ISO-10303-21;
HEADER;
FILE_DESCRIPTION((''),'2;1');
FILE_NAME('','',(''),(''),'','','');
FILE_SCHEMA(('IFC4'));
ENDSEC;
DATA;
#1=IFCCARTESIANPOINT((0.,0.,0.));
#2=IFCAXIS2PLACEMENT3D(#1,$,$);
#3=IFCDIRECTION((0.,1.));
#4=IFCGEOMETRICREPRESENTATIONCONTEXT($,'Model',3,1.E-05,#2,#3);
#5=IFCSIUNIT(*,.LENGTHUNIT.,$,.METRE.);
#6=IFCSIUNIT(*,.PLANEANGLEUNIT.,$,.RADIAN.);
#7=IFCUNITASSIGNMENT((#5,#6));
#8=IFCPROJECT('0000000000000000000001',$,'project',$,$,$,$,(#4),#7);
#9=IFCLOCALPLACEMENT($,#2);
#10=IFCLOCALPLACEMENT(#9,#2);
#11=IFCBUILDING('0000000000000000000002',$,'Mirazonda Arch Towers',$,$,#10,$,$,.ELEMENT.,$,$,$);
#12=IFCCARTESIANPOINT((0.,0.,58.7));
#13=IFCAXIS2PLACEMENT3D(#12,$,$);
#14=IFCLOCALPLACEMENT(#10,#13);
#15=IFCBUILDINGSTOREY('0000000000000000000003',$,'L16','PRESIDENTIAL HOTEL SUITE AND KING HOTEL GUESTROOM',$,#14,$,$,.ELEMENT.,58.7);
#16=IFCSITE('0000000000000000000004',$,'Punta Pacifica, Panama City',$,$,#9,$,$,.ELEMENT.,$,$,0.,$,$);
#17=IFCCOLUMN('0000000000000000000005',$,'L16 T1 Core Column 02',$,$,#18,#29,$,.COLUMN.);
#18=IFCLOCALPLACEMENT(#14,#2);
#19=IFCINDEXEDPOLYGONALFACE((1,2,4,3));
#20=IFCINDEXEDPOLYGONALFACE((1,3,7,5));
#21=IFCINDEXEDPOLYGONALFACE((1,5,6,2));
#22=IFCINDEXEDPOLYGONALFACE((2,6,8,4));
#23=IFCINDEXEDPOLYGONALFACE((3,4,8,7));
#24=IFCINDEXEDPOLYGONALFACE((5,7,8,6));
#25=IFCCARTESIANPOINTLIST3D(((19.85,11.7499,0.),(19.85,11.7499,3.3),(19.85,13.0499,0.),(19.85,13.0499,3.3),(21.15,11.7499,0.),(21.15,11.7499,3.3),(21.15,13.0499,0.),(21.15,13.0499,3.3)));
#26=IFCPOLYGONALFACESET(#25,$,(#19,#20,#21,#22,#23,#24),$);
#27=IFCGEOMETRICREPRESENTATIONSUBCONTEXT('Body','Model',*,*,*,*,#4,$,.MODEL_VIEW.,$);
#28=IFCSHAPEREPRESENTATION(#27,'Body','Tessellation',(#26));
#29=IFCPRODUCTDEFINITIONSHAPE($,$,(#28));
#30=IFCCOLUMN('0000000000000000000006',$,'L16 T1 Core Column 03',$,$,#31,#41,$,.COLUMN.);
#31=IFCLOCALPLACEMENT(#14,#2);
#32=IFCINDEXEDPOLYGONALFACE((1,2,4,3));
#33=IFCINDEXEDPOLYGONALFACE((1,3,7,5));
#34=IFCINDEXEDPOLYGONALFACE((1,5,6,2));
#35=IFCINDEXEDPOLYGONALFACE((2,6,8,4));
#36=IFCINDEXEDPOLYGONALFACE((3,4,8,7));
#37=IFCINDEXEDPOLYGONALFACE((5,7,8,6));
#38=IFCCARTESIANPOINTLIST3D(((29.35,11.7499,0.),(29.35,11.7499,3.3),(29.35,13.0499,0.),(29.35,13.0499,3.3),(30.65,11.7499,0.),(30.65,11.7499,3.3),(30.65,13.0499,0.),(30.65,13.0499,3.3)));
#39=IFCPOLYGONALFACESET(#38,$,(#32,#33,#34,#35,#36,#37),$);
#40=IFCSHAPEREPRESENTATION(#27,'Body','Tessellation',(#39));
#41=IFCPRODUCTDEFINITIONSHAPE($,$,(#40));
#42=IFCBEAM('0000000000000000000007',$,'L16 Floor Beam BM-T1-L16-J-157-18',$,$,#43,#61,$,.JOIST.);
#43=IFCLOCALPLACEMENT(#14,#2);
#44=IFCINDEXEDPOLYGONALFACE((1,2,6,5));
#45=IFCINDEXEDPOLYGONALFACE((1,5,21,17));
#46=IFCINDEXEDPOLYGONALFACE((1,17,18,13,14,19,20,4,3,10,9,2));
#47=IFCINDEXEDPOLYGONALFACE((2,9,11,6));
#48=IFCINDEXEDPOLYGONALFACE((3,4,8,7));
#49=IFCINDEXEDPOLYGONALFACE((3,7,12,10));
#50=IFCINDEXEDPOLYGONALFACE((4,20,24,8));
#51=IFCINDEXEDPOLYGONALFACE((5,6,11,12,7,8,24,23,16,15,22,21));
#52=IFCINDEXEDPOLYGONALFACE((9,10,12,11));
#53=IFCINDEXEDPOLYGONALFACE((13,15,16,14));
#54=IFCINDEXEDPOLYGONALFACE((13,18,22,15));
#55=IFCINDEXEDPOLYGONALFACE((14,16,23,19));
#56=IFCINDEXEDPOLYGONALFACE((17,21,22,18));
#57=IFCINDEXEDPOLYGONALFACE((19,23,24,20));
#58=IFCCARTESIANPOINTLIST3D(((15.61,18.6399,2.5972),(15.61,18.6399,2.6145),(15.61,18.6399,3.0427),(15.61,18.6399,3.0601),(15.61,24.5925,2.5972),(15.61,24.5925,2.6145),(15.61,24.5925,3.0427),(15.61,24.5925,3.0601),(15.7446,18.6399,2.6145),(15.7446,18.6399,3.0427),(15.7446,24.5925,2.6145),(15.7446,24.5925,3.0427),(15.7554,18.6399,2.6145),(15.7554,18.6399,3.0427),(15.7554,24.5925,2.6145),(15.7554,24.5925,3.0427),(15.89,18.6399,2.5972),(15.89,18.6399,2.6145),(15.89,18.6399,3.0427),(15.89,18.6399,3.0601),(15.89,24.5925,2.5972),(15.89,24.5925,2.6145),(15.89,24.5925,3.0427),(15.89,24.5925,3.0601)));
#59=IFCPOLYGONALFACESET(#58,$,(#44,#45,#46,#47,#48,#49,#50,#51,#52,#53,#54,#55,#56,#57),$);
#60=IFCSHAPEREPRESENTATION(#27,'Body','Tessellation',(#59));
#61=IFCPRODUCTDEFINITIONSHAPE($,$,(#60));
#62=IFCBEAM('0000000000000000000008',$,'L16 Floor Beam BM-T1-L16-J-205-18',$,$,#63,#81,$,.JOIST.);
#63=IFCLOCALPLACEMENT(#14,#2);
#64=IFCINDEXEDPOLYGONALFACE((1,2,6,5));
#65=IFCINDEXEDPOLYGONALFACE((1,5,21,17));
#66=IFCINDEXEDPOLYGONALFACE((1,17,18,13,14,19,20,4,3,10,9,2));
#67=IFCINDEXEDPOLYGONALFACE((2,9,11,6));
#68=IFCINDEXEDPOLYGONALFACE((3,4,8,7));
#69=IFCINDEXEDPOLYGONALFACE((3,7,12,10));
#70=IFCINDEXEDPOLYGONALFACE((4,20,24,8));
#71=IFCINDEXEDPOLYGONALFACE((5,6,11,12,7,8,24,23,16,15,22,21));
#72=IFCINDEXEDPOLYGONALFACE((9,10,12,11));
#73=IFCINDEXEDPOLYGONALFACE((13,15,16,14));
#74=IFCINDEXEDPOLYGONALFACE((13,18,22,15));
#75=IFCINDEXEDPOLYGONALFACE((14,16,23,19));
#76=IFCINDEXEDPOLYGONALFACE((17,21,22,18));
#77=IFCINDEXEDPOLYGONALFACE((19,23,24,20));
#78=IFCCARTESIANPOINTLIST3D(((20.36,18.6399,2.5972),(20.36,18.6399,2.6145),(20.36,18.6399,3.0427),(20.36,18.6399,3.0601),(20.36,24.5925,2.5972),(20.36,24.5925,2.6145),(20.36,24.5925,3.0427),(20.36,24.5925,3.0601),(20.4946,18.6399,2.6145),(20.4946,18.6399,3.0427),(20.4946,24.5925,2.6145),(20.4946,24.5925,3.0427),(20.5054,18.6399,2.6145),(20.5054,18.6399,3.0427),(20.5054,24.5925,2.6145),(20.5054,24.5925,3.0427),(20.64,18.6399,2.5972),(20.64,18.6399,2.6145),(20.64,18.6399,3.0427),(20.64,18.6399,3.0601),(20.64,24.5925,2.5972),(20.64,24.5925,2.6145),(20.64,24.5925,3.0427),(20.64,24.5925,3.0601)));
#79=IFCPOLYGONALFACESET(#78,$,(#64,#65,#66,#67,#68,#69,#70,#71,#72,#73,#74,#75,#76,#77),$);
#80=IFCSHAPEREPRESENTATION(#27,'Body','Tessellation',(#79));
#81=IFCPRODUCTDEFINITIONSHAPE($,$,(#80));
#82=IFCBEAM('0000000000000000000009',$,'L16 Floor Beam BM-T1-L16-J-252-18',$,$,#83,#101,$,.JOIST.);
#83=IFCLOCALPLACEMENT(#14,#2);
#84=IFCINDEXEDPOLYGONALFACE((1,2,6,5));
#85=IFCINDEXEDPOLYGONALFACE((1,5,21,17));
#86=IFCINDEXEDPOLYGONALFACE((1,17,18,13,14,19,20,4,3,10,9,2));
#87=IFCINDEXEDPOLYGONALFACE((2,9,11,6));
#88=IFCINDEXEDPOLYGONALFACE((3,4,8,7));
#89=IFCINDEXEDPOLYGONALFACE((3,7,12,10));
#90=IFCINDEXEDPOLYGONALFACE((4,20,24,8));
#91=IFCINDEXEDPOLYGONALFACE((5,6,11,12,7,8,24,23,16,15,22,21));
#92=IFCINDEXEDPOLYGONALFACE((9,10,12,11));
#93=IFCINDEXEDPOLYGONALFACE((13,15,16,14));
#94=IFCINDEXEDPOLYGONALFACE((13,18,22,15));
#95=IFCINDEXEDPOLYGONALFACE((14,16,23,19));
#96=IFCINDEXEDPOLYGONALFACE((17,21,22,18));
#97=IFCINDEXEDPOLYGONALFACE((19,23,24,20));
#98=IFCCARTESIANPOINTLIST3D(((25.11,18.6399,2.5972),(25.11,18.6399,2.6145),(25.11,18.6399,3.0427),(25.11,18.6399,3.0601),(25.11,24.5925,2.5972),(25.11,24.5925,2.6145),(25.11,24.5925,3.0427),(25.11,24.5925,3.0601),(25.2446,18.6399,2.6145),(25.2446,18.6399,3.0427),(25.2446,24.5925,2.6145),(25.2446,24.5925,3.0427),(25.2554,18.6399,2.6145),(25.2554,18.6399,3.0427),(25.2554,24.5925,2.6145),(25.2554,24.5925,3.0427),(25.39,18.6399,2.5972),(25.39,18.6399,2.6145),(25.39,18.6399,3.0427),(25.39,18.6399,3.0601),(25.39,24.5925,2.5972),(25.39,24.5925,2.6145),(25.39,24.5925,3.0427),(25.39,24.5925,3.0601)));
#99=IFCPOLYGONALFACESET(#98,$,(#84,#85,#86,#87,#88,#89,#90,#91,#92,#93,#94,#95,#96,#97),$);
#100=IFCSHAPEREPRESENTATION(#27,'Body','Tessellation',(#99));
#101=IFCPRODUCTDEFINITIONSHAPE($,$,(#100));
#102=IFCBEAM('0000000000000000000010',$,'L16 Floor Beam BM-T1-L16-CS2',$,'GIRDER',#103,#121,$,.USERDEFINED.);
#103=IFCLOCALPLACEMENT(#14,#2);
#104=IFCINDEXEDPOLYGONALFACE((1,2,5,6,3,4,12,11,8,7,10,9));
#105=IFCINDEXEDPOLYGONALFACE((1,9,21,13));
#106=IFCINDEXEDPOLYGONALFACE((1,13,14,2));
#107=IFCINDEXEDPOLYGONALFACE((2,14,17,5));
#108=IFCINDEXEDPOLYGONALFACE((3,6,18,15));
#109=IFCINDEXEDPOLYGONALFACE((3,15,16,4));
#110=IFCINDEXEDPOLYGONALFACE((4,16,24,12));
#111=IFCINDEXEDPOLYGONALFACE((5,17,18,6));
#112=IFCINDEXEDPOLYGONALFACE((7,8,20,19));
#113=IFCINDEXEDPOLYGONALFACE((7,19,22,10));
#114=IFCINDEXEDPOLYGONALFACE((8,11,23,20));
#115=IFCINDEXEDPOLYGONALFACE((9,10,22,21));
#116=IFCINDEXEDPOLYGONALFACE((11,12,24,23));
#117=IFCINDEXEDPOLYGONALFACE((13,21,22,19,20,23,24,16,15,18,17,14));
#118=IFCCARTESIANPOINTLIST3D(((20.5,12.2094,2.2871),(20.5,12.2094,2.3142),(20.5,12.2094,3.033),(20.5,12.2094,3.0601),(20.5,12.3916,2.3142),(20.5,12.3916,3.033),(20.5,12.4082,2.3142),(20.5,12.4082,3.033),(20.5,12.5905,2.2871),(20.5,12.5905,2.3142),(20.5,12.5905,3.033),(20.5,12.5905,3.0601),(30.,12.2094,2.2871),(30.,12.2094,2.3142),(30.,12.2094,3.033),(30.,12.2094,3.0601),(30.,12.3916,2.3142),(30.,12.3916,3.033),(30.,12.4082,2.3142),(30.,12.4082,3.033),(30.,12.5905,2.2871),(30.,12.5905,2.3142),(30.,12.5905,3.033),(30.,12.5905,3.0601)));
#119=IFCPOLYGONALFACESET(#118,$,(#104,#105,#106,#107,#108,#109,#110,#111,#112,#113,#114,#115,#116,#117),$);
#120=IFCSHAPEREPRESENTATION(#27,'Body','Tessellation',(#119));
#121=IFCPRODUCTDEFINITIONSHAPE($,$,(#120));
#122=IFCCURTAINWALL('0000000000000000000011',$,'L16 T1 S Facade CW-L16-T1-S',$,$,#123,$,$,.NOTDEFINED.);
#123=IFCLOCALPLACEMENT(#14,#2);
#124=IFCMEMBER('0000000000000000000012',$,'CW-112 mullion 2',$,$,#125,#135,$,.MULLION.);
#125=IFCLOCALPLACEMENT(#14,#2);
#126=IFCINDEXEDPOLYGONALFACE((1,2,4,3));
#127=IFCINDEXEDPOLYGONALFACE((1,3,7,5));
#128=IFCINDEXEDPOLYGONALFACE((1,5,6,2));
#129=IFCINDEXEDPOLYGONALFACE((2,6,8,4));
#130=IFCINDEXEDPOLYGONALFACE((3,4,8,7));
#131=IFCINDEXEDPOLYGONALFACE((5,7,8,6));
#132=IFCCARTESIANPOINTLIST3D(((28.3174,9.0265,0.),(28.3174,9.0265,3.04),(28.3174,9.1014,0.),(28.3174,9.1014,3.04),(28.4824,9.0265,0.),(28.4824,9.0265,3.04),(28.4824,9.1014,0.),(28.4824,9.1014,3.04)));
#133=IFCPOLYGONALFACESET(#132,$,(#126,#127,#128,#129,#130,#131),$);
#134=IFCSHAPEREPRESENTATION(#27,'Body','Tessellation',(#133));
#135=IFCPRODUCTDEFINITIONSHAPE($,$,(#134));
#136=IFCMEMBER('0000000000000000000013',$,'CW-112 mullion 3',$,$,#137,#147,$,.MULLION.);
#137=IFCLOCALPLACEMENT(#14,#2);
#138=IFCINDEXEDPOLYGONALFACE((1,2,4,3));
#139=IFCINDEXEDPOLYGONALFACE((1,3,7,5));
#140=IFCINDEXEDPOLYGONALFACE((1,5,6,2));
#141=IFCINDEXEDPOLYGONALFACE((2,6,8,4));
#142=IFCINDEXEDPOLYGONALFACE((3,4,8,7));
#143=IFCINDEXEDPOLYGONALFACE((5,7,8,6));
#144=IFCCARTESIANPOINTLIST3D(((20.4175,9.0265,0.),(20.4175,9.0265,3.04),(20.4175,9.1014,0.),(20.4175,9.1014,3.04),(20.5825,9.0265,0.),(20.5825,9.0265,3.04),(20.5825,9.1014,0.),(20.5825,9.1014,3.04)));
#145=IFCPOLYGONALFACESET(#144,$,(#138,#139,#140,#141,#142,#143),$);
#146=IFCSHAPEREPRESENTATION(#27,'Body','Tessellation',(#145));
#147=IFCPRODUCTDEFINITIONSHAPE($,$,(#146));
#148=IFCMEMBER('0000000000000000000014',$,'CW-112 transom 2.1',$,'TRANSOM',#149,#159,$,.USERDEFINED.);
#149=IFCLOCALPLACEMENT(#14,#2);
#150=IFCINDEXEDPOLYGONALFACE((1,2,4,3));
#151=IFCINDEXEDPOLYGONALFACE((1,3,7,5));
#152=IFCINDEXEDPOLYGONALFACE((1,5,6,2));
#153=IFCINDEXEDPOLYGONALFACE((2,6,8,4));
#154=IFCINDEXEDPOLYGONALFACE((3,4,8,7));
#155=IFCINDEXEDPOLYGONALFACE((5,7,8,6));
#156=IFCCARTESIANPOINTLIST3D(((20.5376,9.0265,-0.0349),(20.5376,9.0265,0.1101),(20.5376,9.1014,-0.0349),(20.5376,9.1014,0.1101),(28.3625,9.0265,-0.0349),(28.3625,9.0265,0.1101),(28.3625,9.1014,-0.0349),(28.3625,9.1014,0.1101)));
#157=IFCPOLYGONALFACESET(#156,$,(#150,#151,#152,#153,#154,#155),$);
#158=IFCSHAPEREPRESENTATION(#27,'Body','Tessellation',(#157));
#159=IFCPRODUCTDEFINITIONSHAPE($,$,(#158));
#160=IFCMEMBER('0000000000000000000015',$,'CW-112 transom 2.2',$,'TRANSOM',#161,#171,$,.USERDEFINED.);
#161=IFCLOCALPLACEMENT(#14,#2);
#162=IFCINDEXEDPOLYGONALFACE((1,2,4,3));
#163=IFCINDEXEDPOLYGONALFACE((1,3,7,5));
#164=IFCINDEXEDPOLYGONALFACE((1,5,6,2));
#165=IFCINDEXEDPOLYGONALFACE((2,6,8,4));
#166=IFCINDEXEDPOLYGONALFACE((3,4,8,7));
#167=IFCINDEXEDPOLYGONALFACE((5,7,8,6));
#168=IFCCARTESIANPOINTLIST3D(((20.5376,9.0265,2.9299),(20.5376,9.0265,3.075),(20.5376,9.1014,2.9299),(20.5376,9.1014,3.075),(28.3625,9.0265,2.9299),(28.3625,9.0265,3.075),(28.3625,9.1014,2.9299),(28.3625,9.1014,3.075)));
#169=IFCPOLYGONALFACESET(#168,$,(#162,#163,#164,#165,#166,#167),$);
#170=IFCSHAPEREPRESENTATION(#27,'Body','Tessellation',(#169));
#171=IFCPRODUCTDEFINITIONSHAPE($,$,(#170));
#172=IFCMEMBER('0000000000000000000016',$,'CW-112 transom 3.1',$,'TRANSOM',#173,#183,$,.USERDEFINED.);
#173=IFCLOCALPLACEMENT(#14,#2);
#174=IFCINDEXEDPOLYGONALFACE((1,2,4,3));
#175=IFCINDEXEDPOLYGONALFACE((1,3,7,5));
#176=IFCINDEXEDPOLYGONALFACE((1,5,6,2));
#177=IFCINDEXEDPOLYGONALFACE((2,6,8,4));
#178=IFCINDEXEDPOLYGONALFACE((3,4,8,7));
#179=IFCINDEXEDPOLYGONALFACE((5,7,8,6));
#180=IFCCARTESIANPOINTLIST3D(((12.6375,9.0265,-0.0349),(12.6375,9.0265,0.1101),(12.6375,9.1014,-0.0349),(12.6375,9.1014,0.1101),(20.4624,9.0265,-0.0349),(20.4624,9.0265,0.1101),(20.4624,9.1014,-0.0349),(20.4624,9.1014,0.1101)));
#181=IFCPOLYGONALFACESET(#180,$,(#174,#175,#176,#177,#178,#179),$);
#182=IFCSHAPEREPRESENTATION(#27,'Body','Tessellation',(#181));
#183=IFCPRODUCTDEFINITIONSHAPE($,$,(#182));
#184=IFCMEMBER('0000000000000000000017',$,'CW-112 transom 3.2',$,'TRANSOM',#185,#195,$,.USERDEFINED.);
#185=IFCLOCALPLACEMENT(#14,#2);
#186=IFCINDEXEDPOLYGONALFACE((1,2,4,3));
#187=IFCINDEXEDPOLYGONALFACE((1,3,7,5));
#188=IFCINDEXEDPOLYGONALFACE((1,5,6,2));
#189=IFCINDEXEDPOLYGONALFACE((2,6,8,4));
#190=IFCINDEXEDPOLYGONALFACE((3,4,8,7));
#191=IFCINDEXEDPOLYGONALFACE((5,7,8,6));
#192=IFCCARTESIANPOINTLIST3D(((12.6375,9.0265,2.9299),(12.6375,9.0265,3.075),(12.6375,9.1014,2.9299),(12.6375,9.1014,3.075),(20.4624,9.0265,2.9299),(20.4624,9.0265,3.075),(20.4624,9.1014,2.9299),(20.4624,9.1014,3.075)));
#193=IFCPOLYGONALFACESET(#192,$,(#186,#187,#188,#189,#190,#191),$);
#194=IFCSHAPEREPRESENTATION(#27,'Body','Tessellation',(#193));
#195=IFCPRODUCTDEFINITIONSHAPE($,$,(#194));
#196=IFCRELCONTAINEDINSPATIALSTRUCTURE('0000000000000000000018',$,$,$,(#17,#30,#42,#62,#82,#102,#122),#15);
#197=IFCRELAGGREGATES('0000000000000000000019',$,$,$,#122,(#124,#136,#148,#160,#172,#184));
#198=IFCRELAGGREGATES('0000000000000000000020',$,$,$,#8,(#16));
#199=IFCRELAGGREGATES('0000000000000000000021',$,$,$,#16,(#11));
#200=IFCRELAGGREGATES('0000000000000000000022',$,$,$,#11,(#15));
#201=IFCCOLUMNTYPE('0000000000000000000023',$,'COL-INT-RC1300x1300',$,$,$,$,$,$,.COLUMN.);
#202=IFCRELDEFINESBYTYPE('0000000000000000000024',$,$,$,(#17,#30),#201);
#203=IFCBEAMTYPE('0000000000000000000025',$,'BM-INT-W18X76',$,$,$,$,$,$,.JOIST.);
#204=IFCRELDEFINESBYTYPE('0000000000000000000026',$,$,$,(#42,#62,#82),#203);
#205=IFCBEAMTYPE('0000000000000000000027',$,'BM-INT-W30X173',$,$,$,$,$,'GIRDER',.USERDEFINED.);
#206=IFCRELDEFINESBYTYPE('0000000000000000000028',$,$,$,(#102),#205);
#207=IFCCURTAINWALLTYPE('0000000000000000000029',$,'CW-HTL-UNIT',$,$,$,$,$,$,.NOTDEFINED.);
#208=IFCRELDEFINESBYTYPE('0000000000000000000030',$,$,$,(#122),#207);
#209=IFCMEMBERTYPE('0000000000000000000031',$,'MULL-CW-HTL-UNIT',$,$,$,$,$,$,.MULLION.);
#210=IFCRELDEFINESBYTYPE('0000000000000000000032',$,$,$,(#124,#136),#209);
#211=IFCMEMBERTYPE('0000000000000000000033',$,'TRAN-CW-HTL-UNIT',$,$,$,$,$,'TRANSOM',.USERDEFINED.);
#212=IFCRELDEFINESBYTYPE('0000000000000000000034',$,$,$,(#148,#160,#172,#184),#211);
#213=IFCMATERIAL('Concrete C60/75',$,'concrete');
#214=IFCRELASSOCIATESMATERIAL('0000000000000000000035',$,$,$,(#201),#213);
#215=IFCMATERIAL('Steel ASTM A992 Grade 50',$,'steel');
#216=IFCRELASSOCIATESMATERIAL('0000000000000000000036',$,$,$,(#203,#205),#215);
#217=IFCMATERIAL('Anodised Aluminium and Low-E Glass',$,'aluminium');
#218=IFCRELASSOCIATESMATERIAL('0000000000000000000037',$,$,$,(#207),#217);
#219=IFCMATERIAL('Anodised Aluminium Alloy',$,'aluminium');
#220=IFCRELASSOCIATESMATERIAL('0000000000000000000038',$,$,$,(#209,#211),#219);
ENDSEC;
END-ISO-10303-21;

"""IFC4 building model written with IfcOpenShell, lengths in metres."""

from ifc_helpers import new_model, si_unit, direction, frame, origin, origin_2d, place, context, subcontext, project, spatial, rectangle, i_section, extrude, material, material_profile, profile_set, type_object, element, aggregate, save


model = new_model("IFC4")

# Units and contexts
model_context = context("Model", 3, precision=1e-05, world=origin(), true_north=direction((0.0, 1.0)))
body_context = subcontext(model_context, "Body", "Model", "MODEL_VIEW")
ifc_project = project(units=[si_unit("LENGTHUNIT", "METRE"), si_unit("PLANEANGLEUNIT", "RADIAN")], contexts=[model_context])

# Site, building, storey
site_placement = place(None, origin())
site = spatial("IfcSite", under=ifc_project, at=site_placement, Name="Punta Pacifica, Panama City", CompositionType="ELEMENT", RefElevation=0.0)
building_placement = place(site_placement, origin())
building = spatial("IfcBuilding", under=site, at=building_placement, Name="Mirazonda Arch Towers", CompositionType="ELEMENT")
storey_placement = place(building_placement, frame((0.0, 0.0, 58.7)))
storey = spatial("IfcBuildingStorey", under=building, at=storey_placement, Name="L16", Description="PRESIDENTIAL HOTEL SUITE AND KING HOTEL GUESTROOM", CompositionType="ELEMENT", Elevation=58.7)

# Columns
ifc_material_1 = material(Name="Concrete C60/75", Category="concrete")
ifc_material_profile_1 = material_profile(ifc_material_1, rectangle(XDim=1.3, YDim=1.3, at=origin_2d()), Name="RC1300x1300")
ifc_profile_set_1 = profile_set([ifc_material_profile_1], Name="Concrete C60/75")
column_type = type_object("IfcColumnType", Name="COL-INT-RC1300x1300", PredefinedType="COLUMN", material=ifc_profile_set_1)
for number, where, z_axis, x_axis, name in (
    (1, (20.5, 12.3999, 0.0), (0.0, 0.0, 1.0), (1.0, 0.0, 0.0), "L16 T1 Core Column 02"),
    (2, (30.0, 12.3999, 0.0), (0.0, 0.0, 1.0), (1.0, 0.0, 0.0), "L16 T1 Core Column 03"),
):
    element("IfcColumn", number, at=place(storey_placement, frame(where, z_axis=z_axis, x_axis=x_axis)), inside=storey, type_object=column_type, Name=name, PredefinedType="COLUMN", context=body_context, shape_type="SweptSolid", body=[
        extrude(rectangle(XDim=1.3, YDim=1.3, at=origin_2d()), origin(), (0.0, 0.0, 1.0), 3.3),
    ])

# Beams
ifc_material_2 = material(Name="Steel ASTM A992 Grade 50", Category="steel")
ifc_material_profile_2 = material_profile(ifc_material_2, i_section(OverallWidth=0.28, OverallDepth=0.4629, WebThickness=0.0107, FlangeThickness=0.0173, at=origin_2d()), Name="W18X76")
ifc_profile_set_2 = profile_set([ifc_material_profile_2], Name="Steel ASTM A992 Grade 50")
beam_type_1 = type_object("IfcBeamType", Name="BM-INT-W18X76", PredefinedType="JOIST", material=ifc_profile_set_2)
for number, where, z_axis, x_axis, name in (
    (3, (15.75, 18.6399, 2.8286), (0.0, 1.0, 0.0), (-1.0, 0.0, 0.0), "L16 Floor Beam BM-T1-L16-J-157-18"),
    (4, (20.5, 18.6399, 2.8286), (0.0, 1.0, 0.0), (-1.0, 0.0, 0.0), "L16 Floor Beam BM-T1-L16-J-205-18"),
    (5, (25.25, 18.6399, 2.8286), (0.0, 1.0, 0.0), (-1.0, 0.0, 0.0), "L16 Floor Beam BM-T1-L16-J-252-18"),
):
    element("IfcBeam", number, at=place(storey_placement, frame(where, z_axis=z_axis, x_axis=x_axis)), inside=storey, type_object=beam_type_1, Name=name, PredefinedType="JOIST", context=body_context, shape_type="SweptSolid", body=[
        extrude(i_section(OverallWidth=0.28, OverallDepth=0.4629, WebThickness=0.0107, FlangeThickness=0.0173, at=origin_2d()), origin(), (0.0, 0.0, 1.0), 5.9526),
    ])
ifc_material_profile_3 = material_profile(ifc_material_2, i_section(OverallWidth=0.3811, OverallDepth=0.7729, WebThickness=0.0166, FlangeThickness=0.0271, at=origin_2d()), Name="W30X173")
ifc_profile_set_3 = profile_set([ifc_material_profile_3], Name="Steel ASTM A992 Grade 50")
beam_type_2 = type_object("IfcBeamType", Name="BM-INT-W30X173", ElementType="GIRDER", PredefinedType="USERDEFINED", material=ifc_profile_set_3)
beam_placement = place(storey_placement, frame((20.5, 12.3999, 2.6736), z_axis=(1.0, 0.0, 0.0), x_axis=(0.0, 1.0, 0.0)))
element("IfcBeam", 6, at=beam_placement, inside=storey, type_object=beam_type_2, Name="L16 Floor Beam BM-T1-L16-CS2", ObjectType="GIRDER", PredefinedType="USERDEFINED", context=body_context, shape_type="SweptSolid", body=[
    extrude(i_section(OverallWidth=0.3811, OverallDepth=0.7729, WebThickness=0.0166, FlangeThickness=0.0271, at=origin_2d()), origin(), (0.0, 0.0, 1.0), 9.5),
])

# Curtain wall, members
ifc_material_3 = material(Name="Anodised Aluminium and Low-E Glass", Category="aluminium")
curtain_wall_type = type_object("IfcCurtainWallType", Name="CW-HTL-UNIT", PredefinedType="NOTDEFINED", material=ifc_material_3)
curtain_wall_placement = place(storey_placement, origin())
curtain_wall = element("IfcCurtainWall", 7, at=curtain_wall_placement, inside=storey, type_object=curtain_wall_type, Name="L16 T1 S Facade CW-L16-T1-S", PredefinedType="NOTDEFINED")
ifc_material_4 = material(Name="Anodised Aluminium Alloy", Category="aluminium")
ifc_material_profile_4 = material_profile(ifc_material_4, rectangle(XDim=0.075, YDim=0.165, at=origin_2d()), Name="ALU-MULL-75x165")
ifc_profile_set_4 = profile_set([ifc_material_profile_4], Name="Anodised Aluminium Alloy")
member_type_1 = type_object("IfcMemberType", Name="MULL-CW-HTL-UNIT", PredefinedType="MULLION", material=ifc_profile_set_4)
member_1_placement = place(storey_placement, frame((28.3999, 9.064, 0.0), z_axis=(0.0, 0.0, 1.0), x_axis=(0.0, -1.0, 0.0)))
member_1 = element("IfcMember", 8, at=member_1_placement, type_object=member_type_1, Name="CW-112 mullion 2", PredefinedType="MULLION", context=body_context, shape_type="SweptSolid", body=[
    extrude(rectangle(XDim=0.075, YDim=0.165, at=origin_2d()), origin(), (0.0, 0.0, 1.0), 3.04),
])
member_2_placement = place(storey_placement, frame((20.5, 9.064, 0.0), z_axis=(0.0, 0.0, 1.0), x_axis=(0.0, -1.0, 0.0)))
member_2 = element("IfcMember", 9, at=member_2_placement, type_object=member_type_1, Name="CW-112 mullion 3", PredefinedType="MULLION", context=body_context, shape_type="SweptSolid", body=[
    extrude(rectangle(XDim=0.075, YDim=0.165, at=origin_2d()), origin(), (0.0, 0.0, 1.0), 3.04),
])
ifc_material_profile_5 = material_profile(ifc_material_4, rectangle(XDim=0.075, YDim=0.145, at=origin_2d()), Name="ALU-TRAN-75x145")
ifc_profile_set_5 = profile_set([ifc_material_profile_5], Name="Anodised Aluminium Alloy")
member_type_2 = type_object("IfcMemberType", Name="TRAN-CW-HTL-UNIT", ElementType="TRANSOM", PredefinedType="USERDEFINED", material=ifc_profile_set_5)
member_3_placement = place(storey_placement, frame((28.3625, 9.064, 0.0376), z_axis=(-1.0, 0.0, 0.0), x_axis=(0.0, -1.0, 0.0)))
member_3 = element("IfcMember", 10, at=member_3_placement, type_object=member_type_2, Name="CW-112 transom 2.1", ObjectType="TRANSOM", PredefinedType="USERDEFINED", context=body_context, shape_type="SweptSolid", body=[
    extrude(rectangle(XDim=0.075, YDim=0.145, at=origin_2d()), origin(), (0.0, 0.0, 1.0), 7.825),
])
member_4_placement = place(storey_placement, frame((28.3625, 9.064, 3.0024), z_axis=(-1.0, 0.0, 0.0), x_axis=(0.0, -1.0, 0.0)))
member_4 = element("IfcMember", 11, at=member_4_placement, type_object=member_type_2, Name="CW-112 transom 2.2", ObjectType="TRANSOM", PredefinedType="USERDEFINED", context=body_context, shape_type="SweptSolid", body=[
    extrude(rectangle(XDim=0.075, YDim=0.145, at=origin_2d()), origin(), (0.0, 0.0, 1.0), 7.825),
])
member_5_placement = place(storey_placement, frame((20.4624, 9.064, 0.0376), z_axis=(-1.0, 0.0, 0.0), x_axis=(0.0, -1.0, 0.0)))
member_5 = element("IfcMember", 12, at=member_5_placement, type_object=member_type_2, Name="CW-112 transom 3.1", ObjectType="TRANSOM", PredefinedType="USERDEFINED", context=body_context, shape_type="SweptSolid", body=[
    extrude(rectangle(XDim=0.075, YDim=0.145, at=origin_2d()), origin(), (0.0, 0.0, 1.0), 7.825),
])
member_6_placement = place(storey_placement, frame((20.4624, 9.064, 3.0024), z_axis=(-1.0, 0.0, 0.0), x_axis=(0.0, -1.0, 0.0)))
member_6 = element("IfcMember", 13, at=member_6_placement, type_object=member_type_2, Name="CW-112 transom 3.2", ObjectType="TRANSOM", PredefinedType="USERDEFINED", context=body_context, shape_type="SweptSolid", body=[
    extrude(rectangle(XDim=0.075, YDim=0.145, at=origin_2d()), origin(), (0.0, 0.0, 1.0), 7.825),
])
aggregate(curtain_wall, [member_1, member_2, member_3, member_4, member_5, member_6])

save(model, "model.ifc")
